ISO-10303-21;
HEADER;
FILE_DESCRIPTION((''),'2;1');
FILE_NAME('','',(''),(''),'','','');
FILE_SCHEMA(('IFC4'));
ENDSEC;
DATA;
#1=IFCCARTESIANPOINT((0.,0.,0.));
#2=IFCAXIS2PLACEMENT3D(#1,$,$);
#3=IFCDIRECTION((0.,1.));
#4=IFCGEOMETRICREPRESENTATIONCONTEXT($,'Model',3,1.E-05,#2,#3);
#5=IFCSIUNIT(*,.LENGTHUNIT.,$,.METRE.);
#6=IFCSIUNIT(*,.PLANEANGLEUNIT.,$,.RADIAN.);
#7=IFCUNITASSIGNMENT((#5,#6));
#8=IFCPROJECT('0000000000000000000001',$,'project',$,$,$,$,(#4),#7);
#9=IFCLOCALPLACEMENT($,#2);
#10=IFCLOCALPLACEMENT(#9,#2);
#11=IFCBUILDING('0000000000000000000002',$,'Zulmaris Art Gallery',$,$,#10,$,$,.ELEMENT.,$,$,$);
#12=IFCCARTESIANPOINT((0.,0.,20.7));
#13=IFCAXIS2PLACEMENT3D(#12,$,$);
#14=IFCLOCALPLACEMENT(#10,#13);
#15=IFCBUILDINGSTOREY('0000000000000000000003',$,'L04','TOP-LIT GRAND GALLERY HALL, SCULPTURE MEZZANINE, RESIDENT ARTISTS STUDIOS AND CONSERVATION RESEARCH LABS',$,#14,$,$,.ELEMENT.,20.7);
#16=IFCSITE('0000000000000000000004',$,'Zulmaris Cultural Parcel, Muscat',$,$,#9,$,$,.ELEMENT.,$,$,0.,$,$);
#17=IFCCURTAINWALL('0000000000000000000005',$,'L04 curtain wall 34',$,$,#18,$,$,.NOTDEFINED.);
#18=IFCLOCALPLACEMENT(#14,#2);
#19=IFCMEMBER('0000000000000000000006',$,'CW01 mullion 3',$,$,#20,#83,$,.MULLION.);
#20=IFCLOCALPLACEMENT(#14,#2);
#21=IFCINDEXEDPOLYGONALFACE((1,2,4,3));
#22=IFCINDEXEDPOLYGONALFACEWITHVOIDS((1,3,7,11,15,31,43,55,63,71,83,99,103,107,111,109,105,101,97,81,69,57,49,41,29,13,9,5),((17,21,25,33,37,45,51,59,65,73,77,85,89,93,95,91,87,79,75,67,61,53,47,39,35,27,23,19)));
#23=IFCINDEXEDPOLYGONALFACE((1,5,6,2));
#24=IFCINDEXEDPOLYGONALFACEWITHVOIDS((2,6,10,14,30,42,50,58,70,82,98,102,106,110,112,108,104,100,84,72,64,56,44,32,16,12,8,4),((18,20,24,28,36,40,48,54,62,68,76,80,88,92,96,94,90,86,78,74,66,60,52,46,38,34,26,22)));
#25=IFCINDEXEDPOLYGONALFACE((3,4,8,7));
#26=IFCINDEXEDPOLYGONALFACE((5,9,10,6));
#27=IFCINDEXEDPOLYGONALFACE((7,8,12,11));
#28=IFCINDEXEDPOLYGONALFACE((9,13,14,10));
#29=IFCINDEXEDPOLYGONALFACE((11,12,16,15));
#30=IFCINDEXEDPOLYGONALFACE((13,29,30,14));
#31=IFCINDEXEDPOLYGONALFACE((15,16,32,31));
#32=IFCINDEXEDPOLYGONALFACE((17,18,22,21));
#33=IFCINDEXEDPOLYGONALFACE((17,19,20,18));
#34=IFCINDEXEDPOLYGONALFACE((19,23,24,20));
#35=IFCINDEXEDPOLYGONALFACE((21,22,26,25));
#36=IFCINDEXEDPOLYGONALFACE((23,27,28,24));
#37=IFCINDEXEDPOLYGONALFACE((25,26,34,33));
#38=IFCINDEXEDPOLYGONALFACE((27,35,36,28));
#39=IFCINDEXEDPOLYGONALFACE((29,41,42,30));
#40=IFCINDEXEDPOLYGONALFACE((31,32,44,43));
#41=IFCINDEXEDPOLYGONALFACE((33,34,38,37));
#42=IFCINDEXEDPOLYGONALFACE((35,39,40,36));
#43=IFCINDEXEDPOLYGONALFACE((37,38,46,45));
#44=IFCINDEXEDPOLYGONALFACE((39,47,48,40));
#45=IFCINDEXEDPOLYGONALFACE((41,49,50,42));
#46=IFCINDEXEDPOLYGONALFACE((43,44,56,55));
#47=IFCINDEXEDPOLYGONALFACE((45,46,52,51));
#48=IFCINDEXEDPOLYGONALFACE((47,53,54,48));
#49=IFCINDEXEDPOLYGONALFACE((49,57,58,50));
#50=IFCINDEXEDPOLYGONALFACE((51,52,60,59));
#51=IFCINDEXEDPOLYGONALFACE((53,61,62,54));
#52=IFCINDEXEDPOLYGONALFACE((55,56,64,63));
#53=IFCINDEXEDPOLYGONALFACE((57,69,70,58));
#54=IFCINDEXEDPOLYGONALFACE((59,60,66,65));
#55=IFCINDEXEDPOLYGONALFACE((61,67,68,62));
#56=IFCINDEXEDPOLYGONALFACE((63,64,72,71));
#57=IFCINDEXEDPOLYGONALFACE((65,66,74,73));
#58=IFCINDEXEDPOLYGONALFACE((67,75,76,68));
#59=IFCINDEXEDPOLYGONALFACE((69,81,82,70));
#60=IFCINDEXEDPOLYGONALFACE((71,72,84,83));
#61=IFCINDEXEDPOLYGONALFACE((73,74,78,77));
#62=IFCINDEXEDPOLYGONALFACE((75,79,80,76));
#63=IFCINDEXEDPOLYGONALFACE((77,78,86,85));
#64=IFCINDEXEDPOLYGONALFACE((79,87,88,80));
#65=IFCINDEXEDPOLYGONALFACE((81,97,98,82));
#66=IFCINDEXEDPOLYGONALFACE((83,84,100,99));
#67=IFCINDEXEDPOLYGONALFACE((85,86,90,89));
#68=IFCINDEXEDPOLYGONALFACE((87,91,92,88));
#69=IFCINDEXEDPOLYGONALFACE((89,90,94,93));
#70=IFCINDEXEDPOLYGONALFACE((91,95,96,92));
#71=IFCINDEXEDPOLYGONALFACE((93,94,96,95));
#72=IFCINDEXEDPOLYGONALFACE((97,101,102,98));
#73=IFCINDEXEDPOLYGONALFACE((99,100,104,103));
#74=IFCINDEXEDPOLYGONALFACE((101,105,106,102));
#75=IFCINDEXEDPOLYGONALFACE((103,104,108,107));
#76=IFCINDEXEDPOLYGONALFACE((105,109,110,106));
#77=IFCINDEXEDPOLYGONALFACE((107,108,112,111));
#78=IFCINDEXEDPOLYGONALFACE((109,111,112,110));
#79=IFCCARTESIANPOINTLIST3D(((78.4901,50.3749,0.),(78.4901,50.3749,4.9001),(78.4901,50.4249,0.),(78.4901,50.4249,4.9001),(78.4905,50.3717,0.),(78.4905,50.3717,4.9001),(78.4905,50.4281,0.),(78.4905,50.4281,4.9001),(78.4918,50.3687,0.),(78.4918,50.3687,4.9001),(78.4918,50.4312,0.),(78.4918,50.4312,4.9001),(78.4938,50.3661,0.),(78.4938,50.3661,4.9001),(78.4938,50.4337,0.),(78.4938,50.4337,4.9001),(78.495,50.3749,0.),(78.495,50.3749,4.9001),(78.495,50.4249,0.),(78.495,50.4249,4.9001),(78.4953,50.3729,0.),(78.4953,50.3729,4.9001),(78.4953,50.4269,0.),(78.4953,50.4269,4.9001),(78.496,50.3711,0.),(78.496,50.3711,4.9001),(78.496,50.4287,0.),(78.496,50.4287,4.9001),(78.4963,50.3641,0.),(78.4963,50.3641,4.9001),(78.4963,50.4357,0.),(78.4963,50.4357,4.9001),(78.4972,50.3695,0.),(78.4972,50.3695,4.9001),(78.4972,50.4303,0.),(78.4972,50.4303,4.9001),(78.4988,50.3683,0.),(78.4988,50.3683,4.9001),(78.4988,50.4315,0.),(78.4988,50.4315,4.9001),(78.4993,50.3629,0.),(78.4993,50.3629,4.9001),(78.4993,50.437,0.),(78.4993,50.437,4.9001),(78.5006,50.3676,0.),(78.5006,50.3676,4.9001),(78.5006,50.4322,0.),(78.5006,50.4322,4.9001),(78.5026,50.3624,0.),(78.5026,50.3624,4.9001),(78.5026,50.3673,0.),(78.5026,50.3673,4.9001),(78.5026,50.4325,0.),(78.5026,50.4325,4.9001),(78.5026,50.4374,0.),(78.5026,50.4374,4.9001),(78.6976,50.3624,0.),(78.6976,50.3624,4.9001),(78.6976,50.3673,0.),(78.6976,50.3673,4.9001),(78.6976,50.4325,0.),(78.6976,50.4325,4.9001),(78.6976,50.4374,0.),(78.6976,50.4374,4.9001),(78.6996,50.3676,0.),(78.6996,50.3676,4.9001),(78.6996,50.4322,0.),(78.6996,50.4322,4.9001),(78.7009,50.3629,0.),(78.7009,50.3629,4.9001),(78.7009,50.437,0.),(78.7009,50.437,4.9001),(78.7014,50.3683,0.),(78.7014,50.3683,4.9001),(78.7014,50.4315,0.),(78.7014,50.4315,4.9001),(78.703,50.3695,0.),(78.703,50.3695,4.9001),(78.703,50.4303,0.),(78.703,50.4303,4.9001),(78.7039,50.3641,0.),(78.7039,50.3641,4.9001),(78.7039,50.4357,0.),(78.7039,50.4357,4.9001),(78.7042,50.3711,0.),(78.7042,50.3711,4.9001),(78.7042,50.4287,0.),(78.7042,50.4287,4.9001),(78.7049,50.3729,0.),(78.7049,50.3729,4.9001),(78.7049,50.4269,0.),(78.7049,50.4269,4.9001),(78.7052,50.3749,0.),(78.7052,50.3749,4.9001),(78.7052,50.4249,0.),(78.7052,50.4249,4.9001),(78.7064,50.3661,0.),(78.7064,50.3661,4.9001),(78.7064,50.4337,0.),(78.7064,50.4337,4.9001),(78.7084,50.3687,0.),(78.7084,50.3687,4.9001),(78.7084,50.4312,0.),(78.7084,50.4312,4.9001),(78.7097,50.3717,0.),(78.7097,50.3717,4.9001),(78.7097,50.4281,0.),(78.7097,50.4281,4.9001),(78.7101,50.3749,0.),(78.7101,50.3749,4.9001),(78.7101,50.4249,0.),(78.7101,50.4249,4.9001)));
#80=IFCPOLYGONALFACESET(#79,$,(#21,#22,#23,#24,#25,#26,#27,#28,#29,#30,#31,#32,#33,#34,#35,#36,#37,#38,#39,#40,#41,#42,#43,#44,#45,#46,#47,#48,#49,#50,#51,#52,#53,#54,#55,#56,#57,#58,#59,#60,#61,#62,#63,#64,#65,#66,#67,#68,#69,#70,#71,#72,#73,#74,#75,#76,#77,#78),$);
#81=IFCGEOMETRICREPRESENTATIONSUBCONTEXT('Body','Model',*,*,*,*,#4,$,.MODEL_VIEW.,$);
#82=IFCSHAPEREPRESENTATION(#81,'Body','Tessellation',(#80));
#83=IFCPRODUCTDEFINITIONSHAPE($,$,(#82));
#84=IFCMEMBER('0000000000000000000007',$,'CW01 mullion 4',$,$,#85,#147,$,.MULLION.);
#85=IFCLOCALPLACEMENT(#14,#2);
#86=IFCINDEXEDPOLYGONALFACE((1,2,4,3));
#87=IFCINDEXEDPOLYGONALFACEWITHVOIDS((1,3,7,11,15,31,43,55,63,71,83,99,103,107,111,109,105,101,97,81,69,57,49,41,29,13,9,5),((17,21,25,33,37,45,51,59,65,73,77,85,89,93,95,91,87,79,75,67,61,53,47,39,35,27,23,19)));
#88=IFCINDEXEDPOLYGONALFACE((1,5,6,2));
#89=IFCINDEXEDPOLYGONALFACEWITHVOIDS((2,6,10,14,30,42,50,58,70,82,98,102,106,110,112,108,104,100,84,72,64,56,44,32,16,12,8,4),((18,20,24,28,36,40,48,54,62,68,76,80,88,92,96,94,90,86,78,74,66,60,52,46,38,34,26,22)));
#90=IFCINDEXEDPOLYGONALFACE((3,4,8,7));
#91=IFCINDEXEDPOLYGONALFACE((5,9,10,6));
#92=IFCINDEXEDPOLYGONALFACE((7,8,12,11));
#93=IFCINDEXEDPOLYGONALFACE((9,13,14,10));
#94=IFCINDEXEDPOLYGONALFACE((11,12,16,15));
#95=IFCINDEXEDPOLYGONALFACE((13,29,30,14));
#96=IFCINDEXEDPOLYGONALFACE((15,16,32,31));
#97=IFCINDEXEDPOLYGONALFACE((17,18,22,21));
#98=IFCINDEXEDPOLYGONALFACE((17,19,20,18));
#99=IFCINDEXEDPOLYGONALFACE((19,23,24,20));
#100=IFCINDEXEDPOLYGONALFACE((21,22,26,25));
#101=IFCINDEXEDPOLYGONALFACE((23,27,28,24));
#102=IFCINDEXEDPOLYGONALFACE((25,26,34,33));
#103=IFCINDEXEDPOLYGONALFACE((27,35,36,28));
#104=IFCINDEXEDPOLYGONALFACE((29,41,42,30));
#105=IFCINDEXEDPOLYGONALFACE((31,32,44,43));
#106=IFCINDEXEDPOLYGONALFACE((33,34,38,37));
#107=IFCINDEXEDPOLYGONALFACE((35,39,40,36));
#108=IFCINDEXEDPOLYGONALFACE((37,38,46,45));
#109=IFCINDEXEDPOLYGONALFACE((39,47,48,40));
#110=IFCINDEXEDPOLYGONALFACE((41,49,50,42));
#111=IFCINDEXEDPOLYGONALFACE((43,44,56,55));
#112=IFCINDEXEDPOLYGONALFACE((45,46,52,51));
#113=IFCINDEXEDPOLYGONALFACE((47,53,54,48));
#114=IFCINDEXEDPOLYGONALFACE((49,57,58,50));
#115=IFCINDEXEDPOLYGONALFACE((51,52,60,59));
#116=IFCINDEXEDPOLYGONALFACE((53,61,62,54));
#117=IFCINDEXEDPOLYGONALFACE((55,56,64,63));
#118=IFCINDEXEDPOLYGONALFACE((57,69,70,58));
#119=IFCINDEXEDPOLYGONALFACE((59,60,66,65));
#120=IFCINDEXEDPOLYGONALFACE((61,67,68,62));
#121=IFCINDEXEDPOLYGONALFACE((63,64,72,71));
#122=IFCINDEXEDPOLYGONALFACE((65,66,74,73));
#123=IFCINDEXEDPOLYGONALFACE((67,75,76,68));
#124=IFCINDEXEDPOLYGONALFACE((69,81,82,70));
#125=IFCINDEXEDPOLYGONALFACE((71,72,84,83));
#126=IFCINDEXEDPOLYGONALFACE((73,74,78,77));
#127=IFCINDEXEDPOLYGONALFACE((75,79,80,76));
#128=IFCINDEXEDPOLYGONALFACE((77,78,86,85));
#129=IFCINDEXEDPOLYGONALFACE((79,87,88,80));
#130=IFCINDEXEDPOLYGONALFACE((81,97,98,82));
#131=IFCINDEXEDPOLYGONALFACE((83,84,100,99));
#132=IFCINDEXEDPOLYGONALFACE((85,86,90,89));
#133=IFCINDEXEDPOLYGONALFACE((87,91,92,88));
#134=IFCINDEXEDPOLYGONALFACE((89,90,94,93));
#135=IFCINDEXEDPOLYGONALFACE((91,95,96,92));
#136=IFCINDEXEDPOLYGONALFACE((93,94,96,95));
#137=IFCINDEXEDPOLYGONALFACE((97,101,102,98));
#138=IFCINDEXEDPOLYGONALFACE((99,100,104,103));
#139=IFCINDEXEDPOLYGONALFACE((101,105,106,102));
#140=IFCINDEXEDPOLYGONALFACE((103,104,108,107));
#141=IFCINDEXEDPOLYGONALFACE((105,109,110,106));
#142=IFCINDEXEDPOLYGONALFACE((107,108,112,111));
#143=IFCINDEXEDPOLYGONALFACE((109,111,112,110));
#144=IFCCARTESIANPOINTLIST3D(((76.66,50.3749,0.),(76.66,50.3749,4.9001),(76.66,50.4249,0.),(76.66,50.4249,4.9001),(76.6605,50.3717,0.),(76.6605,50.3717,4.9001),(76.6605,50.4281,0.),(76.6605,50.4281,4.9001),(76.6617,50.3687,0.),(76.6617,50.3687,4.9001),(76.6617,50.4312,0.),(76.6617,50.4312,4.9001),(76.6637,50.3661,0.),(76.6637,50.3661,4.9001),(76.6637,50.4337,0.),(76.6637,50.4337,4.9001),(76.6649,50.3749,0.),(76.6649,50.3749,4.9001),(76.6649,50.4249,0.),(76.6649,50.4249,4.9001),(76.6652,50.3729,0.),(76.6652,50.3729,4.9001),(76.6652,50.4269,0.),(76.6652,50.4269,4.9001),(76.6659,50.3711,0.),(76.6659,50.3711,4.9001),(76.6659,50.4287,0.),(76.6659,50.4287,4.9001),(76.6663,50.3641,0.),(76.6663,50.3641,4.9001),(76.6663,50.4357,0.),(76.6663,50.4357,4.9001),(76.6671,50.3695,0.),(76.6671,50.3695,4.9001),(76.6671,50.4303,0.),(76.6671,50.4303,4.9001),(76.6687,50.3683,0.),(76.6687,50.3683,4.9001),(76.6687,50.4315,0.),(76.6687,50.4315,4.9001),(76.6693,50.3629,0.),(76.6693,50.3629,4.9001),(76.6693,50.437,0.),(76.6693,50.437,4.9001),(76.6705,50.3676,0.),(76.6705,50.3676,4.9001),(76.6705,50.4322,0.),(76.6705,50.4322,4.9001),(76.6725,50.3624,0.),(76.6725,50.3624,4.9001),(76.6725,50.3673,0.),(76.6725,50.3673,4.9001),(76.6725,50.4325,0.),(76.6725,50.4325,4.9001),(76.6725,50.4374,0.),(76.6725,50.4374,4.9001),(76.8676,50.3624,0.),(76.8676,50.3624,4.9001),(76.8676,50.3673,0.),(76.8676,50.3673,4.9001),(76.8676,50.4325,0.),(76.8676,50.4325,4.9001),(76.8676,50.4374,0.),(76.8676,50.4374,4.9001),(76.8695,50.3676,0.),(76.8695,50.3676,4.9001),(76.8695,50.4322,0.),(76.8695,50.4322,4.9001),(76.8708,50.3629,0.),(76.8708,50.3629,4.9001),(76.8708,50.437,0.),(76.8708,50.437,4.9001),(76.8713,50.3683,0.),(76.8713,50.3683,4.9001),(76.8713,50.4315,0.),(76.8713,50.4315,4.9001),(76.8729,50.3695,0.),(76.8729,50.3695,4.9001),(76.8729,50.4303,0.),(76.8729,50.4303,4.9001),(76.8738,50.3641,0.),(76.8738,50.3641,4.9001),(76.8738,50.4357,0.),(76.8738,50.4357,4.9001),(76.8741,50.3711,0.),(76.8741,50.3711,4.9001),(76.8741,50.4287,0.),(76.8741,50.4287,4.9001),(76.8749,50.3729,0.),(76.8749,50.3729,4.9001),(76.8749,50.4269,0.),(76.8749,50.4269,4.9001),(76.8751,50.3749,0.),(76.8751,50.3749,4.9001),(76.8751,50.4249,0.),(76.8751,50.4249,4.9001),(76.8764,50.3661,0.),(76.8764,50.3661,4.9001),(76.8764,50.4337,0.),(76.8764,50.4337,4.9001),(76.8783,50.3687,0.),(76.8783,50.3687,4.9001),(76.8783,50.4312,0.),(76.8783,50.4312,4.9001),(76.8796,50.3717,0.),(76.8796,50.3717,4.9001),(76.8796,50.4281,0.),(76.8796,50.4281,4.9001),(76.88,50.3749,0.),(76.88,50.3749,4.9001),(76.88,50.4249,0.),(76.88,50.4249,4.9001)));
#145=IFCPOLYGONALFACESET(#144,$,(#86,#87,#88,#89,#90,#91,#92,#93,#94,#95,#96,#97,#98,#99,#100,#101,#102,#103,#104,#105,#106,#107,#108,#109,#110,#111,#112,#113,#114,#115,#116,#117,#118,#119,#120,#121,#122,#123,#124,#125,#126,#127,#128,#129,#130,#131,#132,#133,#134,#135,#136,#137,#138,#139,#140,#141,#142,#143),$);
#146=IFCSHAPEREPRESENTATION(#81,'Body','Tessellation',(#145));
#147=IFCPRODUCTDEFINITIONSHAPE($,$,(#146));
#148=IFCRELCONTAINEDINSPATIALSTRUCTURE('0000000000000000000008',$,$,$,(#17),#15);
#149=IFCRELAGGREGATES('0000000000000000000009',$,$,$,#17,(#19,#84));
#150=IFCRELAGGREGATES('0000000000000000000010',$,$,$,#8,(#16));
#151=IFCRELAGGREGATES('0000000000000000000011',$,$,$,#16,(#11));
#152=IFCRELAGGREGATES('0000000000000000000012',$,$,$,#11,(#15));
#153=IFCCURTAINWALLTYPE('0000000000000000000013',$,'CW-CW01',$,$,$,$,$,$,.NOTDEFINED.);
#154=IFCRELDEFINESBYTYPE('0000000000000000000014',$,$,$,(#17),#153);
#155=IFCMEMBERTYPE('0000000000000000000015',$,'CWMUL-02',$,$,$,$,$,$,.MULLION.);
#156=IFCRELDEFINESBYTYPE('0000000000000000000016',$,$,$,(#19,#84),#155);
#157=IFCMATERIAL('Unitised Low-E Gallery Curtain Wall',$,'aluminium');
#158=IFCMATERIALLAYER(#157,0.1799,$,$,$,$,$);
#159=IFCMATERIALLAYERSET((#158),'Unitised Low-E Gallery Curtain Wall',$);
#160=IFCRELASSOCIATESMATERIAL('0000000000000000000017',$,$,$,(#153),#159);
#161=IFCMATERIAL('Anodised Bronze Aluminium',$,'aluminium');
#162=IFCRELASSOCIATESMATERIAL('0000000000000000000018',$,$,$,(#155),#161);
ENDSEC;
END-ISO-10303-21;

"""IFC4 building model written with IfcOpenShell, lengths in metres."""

from ifc_helpers import new_model, si_unit, direction, frame, origin, origin_2d, place, context, subcontext, project, spatial, hollow_rectangle, extrude, material, layer, layer_set, material_profile, profile_set, type_object, element, aggregate, save


model = new_model("IFC4")

# Units and contexts
model_context = context("Model", 3, precision=1e-05, world=origin(), true_north=direction((0.0, 1.0)))
body_context = subcontext(model_context, "Body", "Model", "MODEL_VIEW")
ifc_project = project(units=[si_unit("LENGTHUNIT", "METRE"), si_unit("PLANEANGLEUNIT", "RADIAN")], contexts=[model_context])

# Site, building, storey
site_placement = place(None, origin())
site = spatial("IfcSite", under=ifc_project, at=site_placement, Name="Zulmaris Cultural Parcel, Muscat", CompositionType="ELEMENT", RefElevation=0.0)
building_placement = place(site_placement, origin())
building = spatial("IfcBuilding", under=site, at=building_placement, Name="Zulmaris Art Gallery", CompositionType="ELEMENT")
storey_placement = place(building_placement, frame((0.0, 0.0, 20.7)))
storey = spatial("IfcBuildingStorey", under=building, at=storey_placement, Name="L04", Description="TOP-LIT GRAND GALLERY HALL, SCULPTURE MEZZANINE, RESIDENT ARTISTS STUDIOS AND CONSERVATION RESEARCH LABS", CompositionType="ELEMENT", Elevation=20.7)

# Shared definitions
ifc_material_1 = material(Name="Unitised Low-E Gallery Curtain Wall", Category="aluminium")
ifc_layer_1 = layer(ifc_material_1, 0.1799)
ifc_layer_set_1 = layer_set([ifc_layer_1], Name="Unitised Low-E Gallery Curtain Wall")
curtain_wall_type = type_object("IfcCurtainWallType", Name="CW-CW01", PredefinedType="NOTDEFINED", material=ifc_layer_set_1)
ifc_material_2 = material(Name="Anodised Bronze Aluminium", Category="aluminium")
ifc_material_profile_1 = material_profile(ifc_material_2, hollow_rectangle(XDim=0.075, YDim=0.22, WallThickness=0.0049, InnerFilletRadius=0.0076, OuterFilletRadius=0.0125, at=origin_2d()), Name="ALU 75x220x5")
ifc_profile_set_1 = profile_set([ifc_material_profile_1], Name="Anodised Bronze Aluminium")
member_type_1 = type_object("IfcMemberType", Name="CWMUL-02", PredefinedType="MULLION", material=ifc_profile_set_1)

# Curtain wall, members
curtain_wall_1_placement = place(storey_placement, origin())
curtain_wall_1 = element("IfcCurtainWall", 1, at=curtain_wall_1_placement, inside=storey, type_object=curtain_wall_type, Name="L04 curtain wall 34", PredefinedType="NOTDEFINED")
member_1_placement = place(storey_placement, frame((78.6001, 50.3999, 0.0), z_axis=(0.0, 0.0, 1.0), x_axis=(0.0, -1.0, 0.0)))
member_1 = element("IfcMember", 2, at=member_1_placement, type_object=member_type_1, Name="CW01 mullion 3", PredefinedType="MULLION", context=body_context, shape_type="SweptSolid", body=[
    extrude(hollow_rectangle(XDim=0.075, YDim=0.22, WallThickness=0.0049, InnerFilletRadius=0.0076, OuterFilletRadius=0.0125, at=origin_2d()), origin(), (0.0, 0.0, 1.0), 4.9001),
])
member_2_placement = place(storey_placement, frame((76.77, 50.3999, 0.0), z_axis=(0.0, 0.0, 1.0), x_axis=(0.0, -1.0, 0.0)))
member_2 = element("IfcMember", 3, at=member_2_placement, type_object=member_type_1, Name="CW01 mullion 4", PredefinedType="MULLION", context=body_context, shape_type="SweptSolid", body=[
    extrude(hollow_rectangle(XDim=0.075, YDim=0.22, WallThickness=0.0049, InnerFilletRadius=0.0076, OuterFilletRadius=0.0125, at=origin_2d()), origin(), (0.0, 0.0, 1.0), 4.9001),
])

aggregate(curtain_wall_1, [member_1, member_2])

save(model, "model.ifc")
